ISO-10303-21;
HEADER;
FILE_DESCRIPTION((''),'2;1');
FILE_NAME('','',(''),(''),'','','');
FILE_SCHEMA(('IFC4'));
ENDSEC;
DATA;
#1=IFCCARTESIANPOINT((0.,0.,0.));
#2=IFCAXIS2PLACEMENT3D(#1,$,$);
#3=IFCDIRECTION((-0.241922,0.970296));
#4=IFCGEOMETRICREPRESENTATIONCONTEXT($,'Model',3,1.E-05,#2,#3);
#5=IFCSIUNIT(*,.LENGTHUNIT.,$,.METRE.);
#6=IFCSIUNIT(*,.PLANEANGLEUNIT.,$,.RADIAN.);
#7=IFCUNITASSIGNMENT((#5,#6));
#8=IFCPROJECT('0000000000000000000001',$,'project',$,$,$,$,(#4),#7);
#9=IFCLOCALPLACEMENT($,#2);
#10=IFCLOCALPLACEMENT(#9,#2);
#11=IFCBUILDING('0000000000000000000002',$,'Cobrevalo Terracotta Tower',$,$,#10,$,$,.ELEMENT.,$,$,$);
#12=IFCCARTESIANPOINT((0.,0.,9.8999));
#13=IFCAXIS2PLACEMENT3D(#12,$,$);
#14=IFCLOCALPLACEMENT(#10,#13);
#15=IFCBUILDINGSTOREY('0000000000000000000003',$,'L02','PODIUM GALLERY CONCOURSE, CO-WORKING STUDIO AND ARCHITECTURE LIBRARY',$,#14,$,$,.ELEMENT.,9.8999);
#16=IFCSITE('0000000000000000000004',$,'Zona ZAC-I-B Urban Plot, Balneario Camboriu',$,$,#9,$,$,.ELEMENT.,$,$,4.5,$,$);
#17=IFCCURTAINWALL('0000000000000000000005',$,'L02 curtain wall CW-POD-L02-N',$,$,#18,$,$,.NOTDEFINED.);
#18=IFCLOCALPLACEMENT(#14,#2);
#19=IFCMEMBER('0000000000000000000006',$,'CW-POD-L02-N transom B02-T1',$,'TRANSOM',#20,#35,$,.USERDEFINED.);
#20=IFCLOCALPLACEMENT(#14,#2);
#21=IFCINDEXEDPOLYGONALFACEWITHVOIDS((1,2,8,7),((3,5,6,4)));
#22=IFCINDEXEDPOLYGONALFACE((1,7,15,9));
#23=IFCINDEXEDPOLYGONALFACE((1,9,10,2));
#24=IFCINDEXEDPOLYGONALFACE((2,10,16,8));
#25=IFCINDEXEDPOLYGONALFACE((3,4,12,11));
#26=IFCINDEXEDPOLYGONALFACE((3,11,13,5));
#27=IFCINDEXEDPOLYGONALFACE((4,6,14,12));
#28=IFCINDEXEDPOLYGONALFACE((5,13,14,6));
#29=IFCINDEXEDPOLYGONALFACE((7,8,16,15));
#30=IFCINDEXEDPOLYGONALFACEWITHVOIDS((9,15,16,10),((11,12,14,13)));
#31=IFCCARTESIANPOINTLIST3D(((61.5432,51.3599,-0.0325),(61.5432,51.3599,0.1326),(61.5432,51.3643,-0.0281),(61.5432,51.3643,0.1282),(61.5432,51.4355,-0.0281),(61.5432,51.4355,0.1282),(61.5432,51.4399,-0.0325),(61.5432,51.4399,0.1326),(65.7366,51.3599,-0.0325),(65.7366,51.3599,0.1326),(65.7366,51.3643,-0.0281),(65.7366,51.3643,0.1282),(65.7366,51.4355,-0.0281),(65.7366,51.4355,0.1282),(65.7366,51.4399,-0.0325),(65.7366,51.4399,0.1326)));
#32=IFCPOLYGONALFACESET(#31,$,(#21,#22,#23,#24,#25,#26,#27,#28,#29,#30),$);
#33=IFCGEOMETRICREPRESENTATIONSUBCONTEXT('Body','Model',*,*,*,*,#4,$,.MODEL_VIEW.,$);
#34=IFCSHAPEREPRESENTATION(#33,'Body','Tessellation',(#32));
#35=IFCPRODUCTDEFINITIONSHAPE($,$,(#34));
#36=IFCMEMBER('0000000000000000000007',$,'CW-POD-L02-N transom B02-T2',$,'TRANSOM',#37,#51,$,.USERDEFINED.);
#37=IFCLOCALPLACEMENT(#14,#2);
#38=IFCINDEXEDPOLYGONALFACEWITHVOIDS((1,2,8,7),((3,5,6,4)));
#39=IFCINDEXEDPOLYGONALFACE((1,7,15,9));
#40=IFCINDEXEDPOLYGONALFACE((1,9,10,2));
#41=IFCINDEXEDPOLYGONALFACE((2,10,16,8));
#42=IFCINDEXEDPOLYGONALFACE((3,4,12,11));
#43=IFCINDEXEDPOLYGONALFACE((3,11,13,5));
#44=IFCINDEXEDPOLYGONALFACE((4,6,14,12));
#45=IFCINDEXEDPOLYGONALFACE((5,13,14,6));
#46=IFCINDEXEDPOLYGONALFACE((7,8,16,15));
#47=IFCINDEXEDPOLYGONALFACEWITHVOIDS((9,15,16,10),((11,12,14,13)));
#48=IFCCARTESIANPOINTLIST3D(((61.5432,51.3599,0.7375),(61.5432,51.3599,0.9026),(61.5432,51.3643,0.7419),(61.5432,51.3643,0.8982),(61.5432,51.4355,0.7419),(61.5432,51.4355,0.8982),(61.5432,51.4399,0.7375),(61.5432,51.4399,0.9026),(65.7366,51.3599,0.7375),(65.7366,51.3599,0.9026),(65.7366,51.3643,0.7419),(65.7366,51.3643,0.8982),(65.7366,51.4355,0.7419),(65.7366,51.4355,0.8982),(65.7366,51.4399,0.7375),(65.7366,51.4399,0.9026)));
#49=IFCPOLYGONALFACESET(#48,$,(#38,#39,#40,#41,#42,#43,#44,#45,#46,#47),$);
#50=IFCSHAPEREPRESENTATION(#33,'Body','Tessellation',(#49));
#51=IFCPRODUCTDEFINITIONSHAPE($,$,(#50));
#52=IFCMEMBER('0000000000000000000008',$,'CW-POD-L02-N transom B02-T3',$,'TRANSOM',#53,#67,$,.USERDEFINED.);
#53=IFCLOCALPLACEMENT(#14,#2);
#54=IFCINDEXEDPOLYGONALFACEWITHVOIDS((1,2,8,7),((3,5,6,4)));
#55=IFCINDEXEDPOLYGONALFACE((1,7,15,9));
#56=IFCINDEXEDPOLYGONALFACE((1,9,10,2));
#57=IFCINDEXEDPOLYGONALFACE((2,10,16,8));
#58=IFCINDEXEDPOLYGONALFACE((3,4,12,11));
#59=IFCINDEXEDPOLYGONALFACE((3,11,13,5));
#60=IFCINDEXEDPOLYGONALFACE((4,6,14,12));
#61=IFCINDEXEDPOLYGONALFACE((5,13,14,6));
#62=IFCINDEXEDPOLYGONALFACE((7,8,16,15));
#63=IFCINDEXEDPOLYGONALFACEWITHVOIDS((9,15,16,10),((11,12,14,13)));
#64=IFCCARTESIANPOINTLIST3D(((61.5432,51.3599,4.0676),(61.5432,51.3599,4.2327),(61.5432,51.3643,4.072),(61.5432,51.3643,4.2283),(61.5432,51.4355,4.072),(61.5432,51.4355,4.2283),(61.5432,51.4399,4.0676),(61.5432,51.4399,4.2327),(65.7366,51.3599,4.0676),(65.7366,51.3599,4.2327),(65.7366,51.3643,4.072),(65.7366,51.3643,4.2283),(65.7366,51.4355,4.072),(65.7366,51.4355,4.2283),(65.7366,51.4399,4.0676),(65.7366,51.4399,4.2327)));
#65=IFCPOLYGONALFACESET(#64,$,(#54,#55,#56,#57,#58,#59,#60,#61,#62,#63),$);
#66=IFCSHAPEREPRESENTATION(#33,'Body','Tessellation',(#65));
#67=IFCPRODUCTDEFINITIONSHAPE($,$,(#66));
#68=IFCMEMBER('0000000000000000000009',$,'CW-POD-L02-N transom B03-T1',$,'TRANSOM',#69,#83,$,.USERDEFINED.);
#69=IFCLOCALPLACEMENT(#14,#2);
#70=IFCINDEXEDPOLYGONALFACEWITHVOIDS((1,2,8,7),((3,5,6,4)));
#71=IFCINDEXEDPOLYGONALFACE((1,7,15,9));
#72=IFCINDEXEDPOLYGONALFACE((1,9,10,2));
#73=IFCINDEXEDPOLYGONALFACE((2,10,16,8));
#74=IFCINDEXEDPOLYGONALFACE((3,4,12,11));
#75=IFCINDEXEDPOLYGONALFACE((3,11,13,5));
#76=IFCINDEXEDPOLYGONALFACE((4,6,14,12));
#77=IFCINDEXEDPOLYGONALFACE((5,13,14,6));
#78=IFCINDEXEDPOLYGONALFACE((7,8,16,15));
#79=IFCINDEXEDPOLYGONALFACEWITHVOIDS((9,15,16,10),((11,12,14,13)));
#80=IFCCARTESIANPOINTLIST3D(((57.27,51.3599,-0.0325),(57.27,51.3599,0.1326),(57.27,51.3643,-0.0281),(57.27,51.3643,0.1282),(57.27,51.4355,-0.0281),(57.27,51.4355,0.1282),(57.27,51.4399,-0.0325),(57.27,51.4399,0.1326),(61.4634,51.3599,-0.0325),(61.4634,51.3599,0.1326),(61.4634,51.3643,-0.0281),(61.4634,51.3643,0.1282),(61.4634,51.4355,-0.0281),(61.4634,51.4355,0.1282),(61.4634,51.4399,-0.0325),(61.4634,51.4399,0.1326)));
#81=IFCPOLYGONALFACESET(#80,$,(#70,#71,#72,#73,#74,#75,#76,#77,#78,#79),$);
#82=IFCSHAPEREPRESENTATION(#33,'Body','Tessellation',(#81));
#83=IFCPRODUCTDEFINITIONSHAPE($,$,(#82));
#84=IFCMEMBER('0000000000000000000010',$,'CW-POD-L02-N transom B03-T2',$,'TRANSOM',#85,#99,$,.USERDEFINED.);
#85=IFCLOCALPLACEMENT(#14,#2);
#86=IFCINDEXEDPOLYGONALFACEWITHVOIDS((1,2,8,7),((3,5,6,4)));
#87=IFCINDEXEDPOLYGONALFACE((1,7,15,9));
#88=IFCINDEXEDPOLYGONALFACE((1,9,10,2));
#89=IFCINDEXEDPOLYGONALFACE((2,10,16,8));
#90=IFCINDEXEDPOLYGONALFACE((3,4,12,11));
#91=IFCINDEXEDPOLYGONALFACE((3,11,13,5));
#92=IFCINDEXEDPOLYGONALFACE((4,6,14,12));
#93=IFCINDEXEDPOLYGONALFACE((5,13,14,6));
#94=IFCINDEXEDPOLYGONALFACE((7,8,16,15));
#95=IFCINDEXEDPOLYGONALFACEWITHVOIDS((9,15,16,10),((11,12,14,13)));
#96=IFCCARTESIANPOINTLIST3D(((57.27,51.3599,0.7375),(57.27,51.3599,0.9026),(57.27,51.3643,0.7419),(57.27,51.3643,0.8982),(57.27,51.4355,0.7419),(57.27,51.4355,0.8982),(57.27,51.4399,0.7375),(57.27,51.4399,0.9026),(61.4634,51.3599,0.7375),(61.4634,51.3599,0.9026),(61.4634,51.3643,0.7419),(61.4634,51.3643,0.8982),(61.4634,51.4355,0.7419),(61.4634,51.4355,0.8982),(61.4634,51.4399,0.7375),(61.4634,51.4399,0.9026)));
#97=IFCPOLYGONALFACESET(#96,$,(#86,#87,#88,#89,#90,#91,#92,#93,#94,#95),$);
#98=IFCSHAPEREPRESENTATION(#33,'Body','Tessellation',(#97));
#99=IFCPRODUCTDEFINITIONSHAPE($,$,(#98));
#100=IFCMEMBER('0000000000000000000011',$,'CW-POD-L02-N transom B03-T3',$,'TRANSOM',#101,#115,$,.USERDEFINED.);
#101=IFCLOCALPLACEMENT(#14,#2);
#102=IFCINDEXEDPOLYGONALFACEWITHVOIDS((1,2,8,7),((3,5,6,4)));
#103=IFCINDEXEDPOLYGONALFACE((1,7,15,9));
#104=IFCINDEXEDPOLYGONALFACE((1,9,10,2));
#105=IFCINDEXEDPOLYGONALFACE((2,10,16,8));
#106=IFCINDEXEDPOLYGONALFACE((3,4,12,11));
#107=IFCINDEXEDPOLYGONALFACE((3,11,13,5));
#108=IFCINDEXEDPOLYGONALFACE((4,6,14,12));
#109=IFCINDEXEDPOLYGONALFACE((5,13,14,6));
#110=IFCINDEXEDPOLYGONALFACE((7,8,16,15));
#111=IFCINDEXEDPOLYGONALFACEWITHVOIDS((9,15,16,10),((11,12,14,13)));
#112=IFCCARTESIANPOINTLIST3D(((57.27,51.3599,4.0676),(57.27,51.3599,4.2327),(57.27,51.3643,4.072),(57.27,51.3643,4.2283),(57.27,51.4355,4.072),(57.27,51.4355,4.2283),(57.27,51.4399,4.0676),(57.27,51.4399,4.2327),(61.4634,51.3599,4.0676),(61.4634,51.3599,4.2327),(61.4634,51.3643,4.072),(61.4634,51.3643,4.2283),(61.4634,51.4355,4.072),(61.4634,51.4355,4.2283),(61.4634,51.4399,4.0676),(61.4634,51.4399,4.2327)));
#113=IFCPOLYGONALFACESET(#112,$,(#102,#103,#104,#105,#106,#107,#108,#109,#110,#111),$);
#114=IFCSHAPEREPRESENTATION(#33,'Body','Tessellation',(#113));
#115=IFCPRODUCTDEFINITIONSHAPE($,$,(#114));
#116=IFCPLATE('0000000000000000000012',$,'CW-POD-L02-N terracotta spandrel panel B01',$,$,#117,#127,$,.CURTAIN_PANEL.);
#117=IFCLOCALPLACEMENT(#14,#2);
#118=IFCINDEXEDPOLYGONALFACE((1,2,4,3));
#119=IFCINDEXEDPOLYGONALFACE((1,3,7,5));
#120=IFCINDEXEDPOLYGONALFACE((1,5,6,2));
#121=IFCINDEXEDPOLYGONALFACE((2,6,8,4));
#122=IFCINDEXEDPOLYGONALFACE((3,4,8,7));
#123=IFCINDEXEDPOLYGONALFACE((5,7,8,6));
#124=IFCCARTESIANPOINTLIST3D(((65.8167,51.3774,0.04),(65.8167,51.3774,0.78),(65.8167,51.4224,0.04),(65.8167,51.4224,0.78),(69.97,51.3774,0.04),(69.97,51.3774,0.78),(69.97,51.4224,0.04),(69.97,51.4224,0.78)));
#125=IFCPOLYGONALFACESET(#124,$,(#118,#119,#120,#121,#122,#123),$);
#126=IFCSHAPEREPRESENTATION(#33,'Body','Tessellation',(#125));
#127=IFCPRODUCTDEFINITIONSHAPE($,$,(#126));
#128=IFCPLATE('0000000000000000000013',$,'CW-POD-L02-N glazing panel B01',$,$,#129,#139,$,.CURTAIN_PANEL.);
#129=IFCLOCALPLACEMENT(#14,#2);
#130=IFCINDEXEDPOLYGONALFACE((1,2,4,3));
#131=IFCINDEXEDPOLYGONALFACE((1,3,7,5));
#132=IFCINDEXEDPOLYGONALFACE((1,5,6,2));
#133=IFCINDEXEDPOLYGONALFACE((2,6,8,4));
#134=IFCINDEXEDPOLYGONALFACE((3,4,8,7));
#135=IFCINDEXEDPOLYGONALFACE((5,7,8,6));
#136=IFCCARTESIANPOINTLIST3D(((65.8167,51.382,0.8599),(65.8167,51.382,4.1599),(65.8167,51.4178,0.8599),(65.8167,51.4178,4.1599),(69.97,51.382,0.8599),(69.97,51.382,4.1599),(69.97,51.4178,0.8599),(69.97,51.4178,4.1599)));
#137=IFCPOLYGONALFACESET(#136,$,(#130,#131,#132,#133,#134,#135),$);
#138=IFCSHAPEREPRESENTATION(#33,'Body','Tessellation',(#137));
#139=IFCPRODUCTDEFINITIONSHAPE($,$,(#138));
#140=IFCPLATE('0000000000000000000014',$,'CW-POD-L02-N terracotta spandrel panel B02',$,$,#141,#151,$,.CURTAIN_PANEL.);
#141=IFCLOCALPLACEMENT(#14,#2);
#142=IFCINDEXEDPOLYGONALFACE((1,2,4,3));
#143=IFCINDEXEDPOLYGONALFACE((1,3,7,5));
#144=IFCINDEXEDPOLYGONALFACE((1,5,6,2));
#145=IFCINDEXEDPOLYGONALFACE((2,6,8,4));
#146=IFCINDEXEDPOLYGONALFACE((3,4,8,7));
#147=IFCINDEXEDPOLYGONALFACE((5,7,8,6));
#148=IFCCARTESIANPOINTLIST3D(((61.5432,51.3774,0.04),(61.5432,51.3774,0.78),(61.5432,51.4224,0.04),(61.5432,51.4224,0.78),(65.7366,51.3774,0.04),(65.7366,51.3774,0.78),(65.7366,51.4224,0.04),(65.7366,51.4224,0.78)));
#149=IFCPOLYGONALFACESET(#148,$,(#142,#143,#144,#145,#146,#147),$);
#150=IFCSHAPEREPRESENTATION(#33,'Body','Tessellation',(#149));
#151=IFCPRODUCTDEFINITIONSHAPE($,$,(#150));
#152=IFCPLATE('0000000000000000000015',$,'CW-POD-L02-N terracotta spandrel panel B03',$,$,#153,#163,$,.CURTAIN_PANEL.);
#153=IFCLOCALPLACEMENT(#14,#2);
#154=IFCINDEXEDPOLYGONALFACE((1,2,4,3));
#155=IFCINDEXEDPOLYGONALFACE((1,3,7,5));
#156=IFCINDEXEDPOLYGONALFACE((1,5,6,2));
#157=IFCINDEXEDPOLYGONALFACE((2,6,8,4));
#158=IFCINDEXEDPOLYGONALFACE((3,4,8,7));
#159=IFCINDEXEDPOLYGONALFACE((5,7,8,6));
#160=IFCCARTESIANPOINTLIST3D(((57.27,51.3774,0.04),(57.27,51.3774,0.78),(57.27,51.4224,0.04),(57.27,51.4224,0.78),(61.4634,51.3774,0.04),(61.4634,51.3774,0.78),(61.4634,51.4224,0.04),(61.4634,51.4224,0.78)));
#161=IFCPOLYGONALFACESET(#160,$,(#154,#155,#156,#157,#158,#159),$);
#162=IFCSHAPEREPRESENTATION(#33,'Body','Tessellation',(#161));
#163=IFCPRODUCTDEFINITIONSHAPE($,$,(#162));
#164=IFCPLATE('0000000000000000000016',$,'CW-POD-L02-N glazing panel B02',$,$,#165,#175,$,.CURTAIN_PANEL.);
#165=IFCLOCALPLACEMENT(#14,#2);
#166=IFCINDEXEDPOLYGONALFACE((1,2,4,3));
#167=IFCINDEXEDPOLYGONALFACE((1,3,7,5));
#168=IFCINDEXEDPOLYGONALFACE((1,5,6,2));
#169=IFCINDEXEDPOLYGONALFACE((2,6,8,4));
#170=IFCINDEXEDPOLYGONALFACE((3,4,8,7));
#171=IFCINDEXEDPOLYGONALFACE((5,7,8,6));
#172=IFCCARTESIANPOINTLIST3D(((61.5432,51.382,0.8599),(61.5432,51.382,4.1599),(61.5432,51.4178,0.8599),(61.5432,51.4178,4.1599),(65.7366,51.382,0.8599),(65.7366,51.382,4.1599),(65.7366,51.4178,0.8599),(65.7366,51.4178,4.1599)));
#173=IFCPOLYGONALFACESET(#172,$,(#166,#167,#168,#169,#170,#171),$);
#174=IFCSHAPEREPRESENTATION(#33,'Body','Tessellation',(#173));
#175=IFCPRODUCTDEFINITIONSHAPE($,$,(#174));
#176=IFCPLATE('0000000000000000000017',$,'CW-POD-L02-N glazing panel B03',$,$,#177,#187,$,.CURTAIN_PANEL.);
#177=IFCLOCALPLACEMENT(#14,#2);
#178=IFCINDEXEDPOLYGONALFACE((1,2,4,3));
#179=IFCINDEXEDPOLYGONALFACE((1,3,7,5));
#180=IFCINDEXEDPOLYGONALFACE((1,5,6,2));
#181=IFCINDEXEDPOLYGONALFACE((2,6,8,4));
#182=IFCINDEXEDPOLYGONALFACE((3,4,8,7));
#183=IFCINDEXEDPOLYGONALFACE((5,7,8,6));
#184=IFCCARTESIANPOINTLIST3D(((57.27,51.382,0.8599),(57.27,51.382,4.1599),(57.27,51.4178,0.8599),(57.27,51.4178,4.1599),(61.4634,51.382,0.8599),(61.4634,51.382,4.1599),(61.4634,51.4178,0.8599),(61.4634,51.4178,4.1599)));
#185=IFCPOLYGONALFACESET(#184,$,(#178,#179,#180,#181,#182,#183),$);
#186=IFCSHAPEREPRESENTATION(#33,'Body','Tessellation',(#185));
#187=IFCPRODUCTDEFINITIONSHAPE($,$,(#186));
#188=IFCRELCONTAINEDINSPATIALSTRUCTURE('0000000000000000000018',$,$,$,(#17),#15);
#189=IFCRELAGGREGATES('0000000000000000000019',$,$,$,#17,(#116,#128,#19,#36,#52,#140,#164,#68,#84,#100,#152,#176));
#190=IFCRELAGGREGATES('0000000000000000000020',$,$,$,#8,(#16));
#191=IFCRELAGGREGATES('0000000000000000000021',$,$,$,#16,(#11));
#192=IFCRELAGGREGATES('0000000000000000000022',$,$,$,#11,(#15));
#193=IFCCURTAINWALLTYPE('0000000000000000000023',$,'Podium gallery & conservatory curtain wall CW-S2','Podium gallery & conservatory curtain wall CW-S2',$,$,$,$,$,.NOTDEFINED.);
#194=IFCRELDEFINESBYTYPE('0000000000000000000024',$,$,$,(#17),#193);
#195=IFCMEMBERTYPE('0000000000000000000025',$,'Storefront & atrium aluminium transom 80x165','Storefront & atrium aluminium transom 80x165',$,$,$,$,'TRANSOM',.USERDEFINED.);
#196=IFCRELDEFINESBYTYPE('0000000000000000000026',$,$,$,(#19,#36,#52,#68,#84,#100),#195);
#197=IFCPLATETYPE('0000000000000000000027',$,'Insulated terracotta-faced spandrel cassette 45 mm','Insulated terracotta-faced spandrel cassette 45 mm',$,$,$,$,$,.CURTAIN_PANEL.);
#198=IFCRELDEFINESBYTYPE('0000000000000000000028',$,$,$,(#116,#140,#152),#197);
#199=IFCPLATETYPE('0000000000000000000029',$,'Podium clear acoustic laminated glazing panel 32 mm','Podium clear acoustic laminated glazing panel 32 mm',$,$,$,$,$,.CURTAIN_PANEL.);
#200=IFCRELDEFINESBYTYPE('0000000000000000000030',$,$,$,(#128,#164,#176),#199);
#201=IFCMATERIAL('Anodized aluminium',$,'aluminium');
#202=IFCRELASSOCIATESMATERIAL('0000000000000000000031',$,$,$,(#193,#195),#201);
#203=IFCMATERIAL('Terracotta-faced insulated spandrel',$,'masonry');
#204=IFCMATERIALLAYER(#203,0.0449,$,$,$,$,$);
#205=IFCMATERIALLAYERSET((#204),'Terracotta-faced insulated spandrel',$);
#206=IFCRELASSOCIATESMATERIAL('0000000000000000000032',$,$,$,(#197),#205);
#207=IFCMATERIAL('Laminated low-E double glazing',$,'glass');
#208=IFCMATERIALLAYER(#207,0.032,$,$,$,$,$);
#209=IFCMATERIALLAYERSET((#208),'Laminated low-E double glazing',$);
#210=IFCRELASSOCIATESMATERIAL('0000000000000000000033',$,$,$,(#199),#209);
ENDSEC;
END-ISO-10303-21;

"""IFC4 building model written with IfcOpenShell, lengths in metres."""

from ifc_helpers import new_model, si_unit, direction, frame, origin, origin_2d, place, context, subcontext, project, spatial, rectangle, hollow_rectangle, extrude, source, transform, mapped, material, layer, layer_set, material_profile, profile_set, type_object, element, aggregate, save


model = new_model("IFC4")

# Units and contexts
model_context = context("Model", 3, precision=1e-05, world=origin(), true_north=direction((-0.241922, 0.970296)))
body_context = subcontext(model_context, "Body", "Model", "MODEL_VIEW")
ifc_project = project(units=[si_unit("LENGTHUNIT", "METRE"), si_unit("PLANEANGLEUNIT", "RADIAN")], contexts=[model_context])

# Site, building, storey
site_placement = place(None, origin())
site = spatial("IfcSite", under=ifc_project, at=site_placement, Name="Zona ZAC-I-B Urban Plot, Balneario Camboriu", CompositionType="ELEMENT", RefElevation=4.5)
building_placement = place(site_placement, origin())
building = spatial("IfcBuilding", under=site, at=building_placement, Name="Cobrevalo Terracotta Tower", CompositionType="ELEMENT")
storey_placement = place(building_placement, frame((0.0, 0.0, 9.8999)))
storey = spatial("IfcBuildingStorey", under=building, at=storey_placement, Name="L02", Description="PODIUM GALLERY CONCOURSE, CO-WORKING STUDIO AND ARCHITECTURE LIBRARY", CompositionType="ELEMENT", Elevation=9.8999)

# Curtain wall, members, plates
ifc_material_1 = material(Name="Anodized aluminium", Category="aluminium")
curtain_wall_type = type_object("IfcCurtainWallType", Name="Podium gallery & conservatory curtain wall CW-S2", Description="Podium gallery & conservatory curtain wall CW-S2", PredefinedType="NOTDEFINED", material=ifc_material_1)
curtain_wall_placement = place(storey_placement, origin())
curtain_wall = element("IfcCurtainWall", 1, at=curtain_wall_placement, inside=storey, type_object=curtain_wall_type, Name="L02 curtain wall CW-POD-L02-N", PredefinedType="NOTDEFINED")
ifc_material_profile_1 = material_profile(ifc_material_1, hollow_rectangle(XDim=0.0801, YDim=0.165, WallThickness=0.0044, at=origin_2d()), Name="CWT 80x165")
ifc_profile_set_1 = profile_set([ifc_material_profile_1], Name="Anodized aluminium")
member_type_1 = type_object("IfcMemberType", Name="Storefront & atrium aluminium transom 80x165", Description="Storefront & atrium aluminium transom 80x165", ElementType="TRANSOM", PredefinedType="USERDEFINED", material=ifc_profile_set_1)
shared_shape_1 = source(origin(), body_context, "Body", "SweptSolid", [
    extrude(hollow_rectangle(XDim=0.0801, YDim=0.165, WallThickness=0.0044, at=origin_2d()), origin(), (0.0, 0.0, 1.0), 4.1934),
])
member_1_placement = place(storey_placement, frame((65.7366, 51.3999, 0.05), z_axis=(-1.0, 0.0, 0.0), x_axis=(0.0, -1.0, 0.0)))
member_1 = element("IfcMember", 2, at=member_1_placement, type_object=member_type_1, Name="CW-POD-L02-N transom B02-T1", ObjectType="TRANSOM", PredefinedType="USERDEFINED", context=body_context, shape_type="MappedRepresentation", body=[
    mapped(shared_shape_1, transform((0.0, 0.0, 0.0), scale=1.0)),
])
member_2_placement = place(storey_placement, frame((65.7366, 51.3999, 0.8201), z_axis=(-1.0, 0.0, 0.0), x_axis=(0.0, -1.0, 0.0)))
member_2 = element("IfcMember", 3, at=member_2_placement, type_object=member_type_1, Name="CW-POD-L02-N transom B02-T2", ObjectType="TRANSOM", PredefinedType="USERDEFINED", context=body_context, shape_type="MappedRepresentation", body=[
    mapped(shared_shape_1, transform((0.0, 0.0, 0.0), scale=1.0)),
])
member_3_placement = place(storey_placement, frame((65.7366, 51.3999, 4.1501), z_axis=(-1.0, 0.0, 0.0), x_axis=(0.0, -1.0, 0.0)))
member_3 = element("IfcMember", 4, at=member_3_placement, type_object=member_type_1, Name="CW-POD-L02-N transom B02-T3", ObjectType="TRANSOM", PredefinedType="USERDEFINED", context=body_context, shape_type="MappedRepresentation", body=[
    mapped(shared_shape_1, transform((0.0, 0.0, 0.0), scale=1.0)),
])
member_4_placement = place(storey_placement, frame((61.4634, 51.3999, 0.05), z_axis=(-1.0, 0.0, 0.0), x_axis=(0.0, -1.0, 0.0)))
member_4 = element("IfcMember", 5, at=member_4_placement, type_object=member_type_1, Name="CW-POD-L02-N transom B03-T1", ObjectType="TRANSOM", PredefinedType="USERDEFINED", context=body_context, shape_type="MappedRepresentation", body=[
    mapped(shared_shape_1, transform((0.0, 0.0, 0.0), scale=1.0)),
])
member_5_placement = place(storey_placement, frame((61.4634, 51.3999, 0.8201), z_axis=(-1.0, 0.0, 0.0), x_axis=(0.0, -1.0, 0.0)))
member_5 = element("IfcMember", 6, at=member_5_placement, type_object=member_type_1, Name="CW-POD-L02-N transom B03-T2", ObjectType="TRANSOM", PredefinedType="USERDEFINED", context=body_context, shape_type="MappedRepresentation", body=[
    mapped(shared_shape_1, transform((0.0, 0.0, 0.0), scale=1.0)),
])
member_6_placement = place(storey_placement, frame((61.4634, 51.3999, 4.1501), z_axis=(-1.0, 0.0, 0.0), x_axis=(0.0, -1.0, 0.0)))
member_6 = element("IfcMember", 7, at=member_6_placement, type_object=member_type_1, Name="CW-POD-L02-N transom B03-T3", ObjectType="TRANSOM", PredefinedType="USERDEFINED", context=body_context, shape_type="MappedRepresentation", body=[
    mapped(shared_shape_1, transform((0.0, 0.0, 0.0), scale=1.0)),
])
ifc_material_2 = material(Name="Terracotta-faced insulated spandrel", Category="masonry")
ifc_layer_1 = layer(ifc_material_2, 0.0449)
ifc_layer_set_1 = layer_set([ifc_layer_1], Name="Terracotta-faced insulated spandrel")
plate_type_1 = type_object("IfcPlateType", Name="Insulated terracotta-faced spandrel cassette 45 mm", Description="Insulated terracotta-faced spandrel cassette 45 mm", PredefinedType="CURTAIN_PANEL", material=ifc_layer_set_1)
shared_shape_2 = source(origin(), body_context, "Body", "SweptSolid", [
    extrude(rectangle(XDim=4.1533, YDim=0.0449, at=origin_2d()), origin(), (0.0, 0.0, 1.0), 0.74),
])
plate_1_placement = place(storey_placement, frame((67.8933, 51.3999, 0.04), z_axis=(0.0, 0.0, 1.0), x_axis=(-1.0, 0.0, 0.0)))
plate_1 = element("IfcPlate", 8, at=plate_1_placement, type_object=plate_type_1, Name="CW-POD-L02-N terracotta spandrel panel B01", PredefinedType="CURTAIN_PANEL", context=body_context, shape_type="MappedRepresentation", body=[
    mapped(shared_shape_2, transform((0.0, 0.0, 0.0), scale=1.0)),
])
ifc_material_3 = material(Name="Laminated low-E double glazing", Category="glass")
ifc_layer_2 = layer(ifc_material_3, 0.032)
ifc_layer_set_2 = layer_set([ifc_layer_2], Name="Laminated low-E double glazing")
plate_type_2 = type_object("IfcPlateType", Name="Podium clear acoustic laminated glazing panel 32 mm", Description="Podium clear acoustic laminated glazing panel 32 mm", PredefinedType="CURTAIN_PANEL", material=ifc_layer_set_2)
shared_shape_3 = source(origin(), body_context, "Body", "SweptSolid", [
    extrude(rectangle(XDim=4.1533, YDim=0.0359, at=origin_2d()), origin(), (0.0, 0.0, 1.0), 3.3),
])
plate_2_placement = place(storey_placement, frame((67.8933, 51.3999, 0.8599), z_axis=(0.0, 0.0, 1.0), x_axis=(-1.0, 0.0, 0.0)))
plate_2 = element("IfcPlate", 9, at=plate_2_placement, type_object=plate_type_2, Name="CW-POD-L02-N glazing panel B01", PredefinedType="CURTAIN_PANEL", context=body_context, shape_type="MappedRepresentation", body=[
    mapped(shared_shape_3, transform((0.0, 0.0, 0.0), scale=1.0)),
])
shared_shape_4 = source(origin(), body_context, "Body", "SweptSolid", [
    extrude(rectangle(XDim=4.1934, YDim=0.0449, at=origin_2d()), origin(), (0.0, 0.0, 1.0), 0.74),
])
plate_3_placement = place(storey_placement, frame((63.6399, 51.3999, 0.04), z_axis=(0.0, 0.0, 1.0), x_axis=(-1.0, 0.0, 0.0)))
plate_3 = element("IfcPlate", 10, at=plate_3_placement, type_object=plate_type_1, Name="CW-POD-L02-N terracotta spandrel panel B02", PredefinedType="CURTAIN_PANEL", context=body_context, shape_type="MappedRepresentation", body=[
    mapped(shared_shape_4, transform((0.0, 0.0, 0.0), scale=1.0)),
])
plate_4_placement = place(storey_placement, frame((59.3667, 51.3999, 0.04), z_axis=(0.0, 0.0, 1.0), x_axis=(-1.0, 0.0, 0.0)))
plate_4 = element("IfcPlate", 11, at=plate_4_placement, type_object=plate_type_1, Name="CW-POD-L02-N terracotta spandrel panel B03", PredefinedType="CURTAIN_PANEL", context=body_context, shape_type="MappedRepresentation", body=[
    mapped(shared_shape_4, transform((0.0, 0.0, 0.0), scale=1.0)),
])
shared_shape_5 = source(origin(), body_context, "Body", "SweptSolid", [
    extrude(rectangle(XDim=4.1934, YDim=0.0359, at=origin_2d()), origin(), (0.0, 0.0, 1.0), 3.3),
])
plate_5_placement = place(storey_placement, frame((63.6399, 51.3999, 0.8599), z_axis=(0.0, 0.0, 1.0), x_axis=(-1.0, 0.0, 0.0)))
plate_5 = element("IfcPlate", 12, at=plate_5_placement, type_object=plate_type_2, Name="CW-POD-L02-N glazing panel B02", PredefinedType="CURTAIN_PANEL", context=body_context, shape_type="MappedRepresentation", body=[
    mapped(shared_shape_5, transform((0.0, 0.0, 0.0), scale=1.0)),
])
plate_6_placement = place(storey_placement, frame((59.3667, 51.3999, 0.8599), z_axis=(0.0, 0.0, 1.0), x_axis=(-1.0, 0.0, 0.0)))
plate_6 = element("IfcPlate", 13, at=plate_6_placement, type_object=plate_type_2, Name="CW-POD-L02-N glazing panel B03", PredefinedType="CURTAIN_PANEL", context=body_context, shape_type="MappedRepresentation", body=[
    mapped(shared_shape_5, transform((0.0, 0.0, 0.0), scale=1.0)),
])
aggregate(curtain_wall, [plate_1, plate_2, member_1, member_2, member_3, plate_3, plate_5, member_4, member_5, member_6, plate_4, plate_6])

save(model, "model.ifc")
